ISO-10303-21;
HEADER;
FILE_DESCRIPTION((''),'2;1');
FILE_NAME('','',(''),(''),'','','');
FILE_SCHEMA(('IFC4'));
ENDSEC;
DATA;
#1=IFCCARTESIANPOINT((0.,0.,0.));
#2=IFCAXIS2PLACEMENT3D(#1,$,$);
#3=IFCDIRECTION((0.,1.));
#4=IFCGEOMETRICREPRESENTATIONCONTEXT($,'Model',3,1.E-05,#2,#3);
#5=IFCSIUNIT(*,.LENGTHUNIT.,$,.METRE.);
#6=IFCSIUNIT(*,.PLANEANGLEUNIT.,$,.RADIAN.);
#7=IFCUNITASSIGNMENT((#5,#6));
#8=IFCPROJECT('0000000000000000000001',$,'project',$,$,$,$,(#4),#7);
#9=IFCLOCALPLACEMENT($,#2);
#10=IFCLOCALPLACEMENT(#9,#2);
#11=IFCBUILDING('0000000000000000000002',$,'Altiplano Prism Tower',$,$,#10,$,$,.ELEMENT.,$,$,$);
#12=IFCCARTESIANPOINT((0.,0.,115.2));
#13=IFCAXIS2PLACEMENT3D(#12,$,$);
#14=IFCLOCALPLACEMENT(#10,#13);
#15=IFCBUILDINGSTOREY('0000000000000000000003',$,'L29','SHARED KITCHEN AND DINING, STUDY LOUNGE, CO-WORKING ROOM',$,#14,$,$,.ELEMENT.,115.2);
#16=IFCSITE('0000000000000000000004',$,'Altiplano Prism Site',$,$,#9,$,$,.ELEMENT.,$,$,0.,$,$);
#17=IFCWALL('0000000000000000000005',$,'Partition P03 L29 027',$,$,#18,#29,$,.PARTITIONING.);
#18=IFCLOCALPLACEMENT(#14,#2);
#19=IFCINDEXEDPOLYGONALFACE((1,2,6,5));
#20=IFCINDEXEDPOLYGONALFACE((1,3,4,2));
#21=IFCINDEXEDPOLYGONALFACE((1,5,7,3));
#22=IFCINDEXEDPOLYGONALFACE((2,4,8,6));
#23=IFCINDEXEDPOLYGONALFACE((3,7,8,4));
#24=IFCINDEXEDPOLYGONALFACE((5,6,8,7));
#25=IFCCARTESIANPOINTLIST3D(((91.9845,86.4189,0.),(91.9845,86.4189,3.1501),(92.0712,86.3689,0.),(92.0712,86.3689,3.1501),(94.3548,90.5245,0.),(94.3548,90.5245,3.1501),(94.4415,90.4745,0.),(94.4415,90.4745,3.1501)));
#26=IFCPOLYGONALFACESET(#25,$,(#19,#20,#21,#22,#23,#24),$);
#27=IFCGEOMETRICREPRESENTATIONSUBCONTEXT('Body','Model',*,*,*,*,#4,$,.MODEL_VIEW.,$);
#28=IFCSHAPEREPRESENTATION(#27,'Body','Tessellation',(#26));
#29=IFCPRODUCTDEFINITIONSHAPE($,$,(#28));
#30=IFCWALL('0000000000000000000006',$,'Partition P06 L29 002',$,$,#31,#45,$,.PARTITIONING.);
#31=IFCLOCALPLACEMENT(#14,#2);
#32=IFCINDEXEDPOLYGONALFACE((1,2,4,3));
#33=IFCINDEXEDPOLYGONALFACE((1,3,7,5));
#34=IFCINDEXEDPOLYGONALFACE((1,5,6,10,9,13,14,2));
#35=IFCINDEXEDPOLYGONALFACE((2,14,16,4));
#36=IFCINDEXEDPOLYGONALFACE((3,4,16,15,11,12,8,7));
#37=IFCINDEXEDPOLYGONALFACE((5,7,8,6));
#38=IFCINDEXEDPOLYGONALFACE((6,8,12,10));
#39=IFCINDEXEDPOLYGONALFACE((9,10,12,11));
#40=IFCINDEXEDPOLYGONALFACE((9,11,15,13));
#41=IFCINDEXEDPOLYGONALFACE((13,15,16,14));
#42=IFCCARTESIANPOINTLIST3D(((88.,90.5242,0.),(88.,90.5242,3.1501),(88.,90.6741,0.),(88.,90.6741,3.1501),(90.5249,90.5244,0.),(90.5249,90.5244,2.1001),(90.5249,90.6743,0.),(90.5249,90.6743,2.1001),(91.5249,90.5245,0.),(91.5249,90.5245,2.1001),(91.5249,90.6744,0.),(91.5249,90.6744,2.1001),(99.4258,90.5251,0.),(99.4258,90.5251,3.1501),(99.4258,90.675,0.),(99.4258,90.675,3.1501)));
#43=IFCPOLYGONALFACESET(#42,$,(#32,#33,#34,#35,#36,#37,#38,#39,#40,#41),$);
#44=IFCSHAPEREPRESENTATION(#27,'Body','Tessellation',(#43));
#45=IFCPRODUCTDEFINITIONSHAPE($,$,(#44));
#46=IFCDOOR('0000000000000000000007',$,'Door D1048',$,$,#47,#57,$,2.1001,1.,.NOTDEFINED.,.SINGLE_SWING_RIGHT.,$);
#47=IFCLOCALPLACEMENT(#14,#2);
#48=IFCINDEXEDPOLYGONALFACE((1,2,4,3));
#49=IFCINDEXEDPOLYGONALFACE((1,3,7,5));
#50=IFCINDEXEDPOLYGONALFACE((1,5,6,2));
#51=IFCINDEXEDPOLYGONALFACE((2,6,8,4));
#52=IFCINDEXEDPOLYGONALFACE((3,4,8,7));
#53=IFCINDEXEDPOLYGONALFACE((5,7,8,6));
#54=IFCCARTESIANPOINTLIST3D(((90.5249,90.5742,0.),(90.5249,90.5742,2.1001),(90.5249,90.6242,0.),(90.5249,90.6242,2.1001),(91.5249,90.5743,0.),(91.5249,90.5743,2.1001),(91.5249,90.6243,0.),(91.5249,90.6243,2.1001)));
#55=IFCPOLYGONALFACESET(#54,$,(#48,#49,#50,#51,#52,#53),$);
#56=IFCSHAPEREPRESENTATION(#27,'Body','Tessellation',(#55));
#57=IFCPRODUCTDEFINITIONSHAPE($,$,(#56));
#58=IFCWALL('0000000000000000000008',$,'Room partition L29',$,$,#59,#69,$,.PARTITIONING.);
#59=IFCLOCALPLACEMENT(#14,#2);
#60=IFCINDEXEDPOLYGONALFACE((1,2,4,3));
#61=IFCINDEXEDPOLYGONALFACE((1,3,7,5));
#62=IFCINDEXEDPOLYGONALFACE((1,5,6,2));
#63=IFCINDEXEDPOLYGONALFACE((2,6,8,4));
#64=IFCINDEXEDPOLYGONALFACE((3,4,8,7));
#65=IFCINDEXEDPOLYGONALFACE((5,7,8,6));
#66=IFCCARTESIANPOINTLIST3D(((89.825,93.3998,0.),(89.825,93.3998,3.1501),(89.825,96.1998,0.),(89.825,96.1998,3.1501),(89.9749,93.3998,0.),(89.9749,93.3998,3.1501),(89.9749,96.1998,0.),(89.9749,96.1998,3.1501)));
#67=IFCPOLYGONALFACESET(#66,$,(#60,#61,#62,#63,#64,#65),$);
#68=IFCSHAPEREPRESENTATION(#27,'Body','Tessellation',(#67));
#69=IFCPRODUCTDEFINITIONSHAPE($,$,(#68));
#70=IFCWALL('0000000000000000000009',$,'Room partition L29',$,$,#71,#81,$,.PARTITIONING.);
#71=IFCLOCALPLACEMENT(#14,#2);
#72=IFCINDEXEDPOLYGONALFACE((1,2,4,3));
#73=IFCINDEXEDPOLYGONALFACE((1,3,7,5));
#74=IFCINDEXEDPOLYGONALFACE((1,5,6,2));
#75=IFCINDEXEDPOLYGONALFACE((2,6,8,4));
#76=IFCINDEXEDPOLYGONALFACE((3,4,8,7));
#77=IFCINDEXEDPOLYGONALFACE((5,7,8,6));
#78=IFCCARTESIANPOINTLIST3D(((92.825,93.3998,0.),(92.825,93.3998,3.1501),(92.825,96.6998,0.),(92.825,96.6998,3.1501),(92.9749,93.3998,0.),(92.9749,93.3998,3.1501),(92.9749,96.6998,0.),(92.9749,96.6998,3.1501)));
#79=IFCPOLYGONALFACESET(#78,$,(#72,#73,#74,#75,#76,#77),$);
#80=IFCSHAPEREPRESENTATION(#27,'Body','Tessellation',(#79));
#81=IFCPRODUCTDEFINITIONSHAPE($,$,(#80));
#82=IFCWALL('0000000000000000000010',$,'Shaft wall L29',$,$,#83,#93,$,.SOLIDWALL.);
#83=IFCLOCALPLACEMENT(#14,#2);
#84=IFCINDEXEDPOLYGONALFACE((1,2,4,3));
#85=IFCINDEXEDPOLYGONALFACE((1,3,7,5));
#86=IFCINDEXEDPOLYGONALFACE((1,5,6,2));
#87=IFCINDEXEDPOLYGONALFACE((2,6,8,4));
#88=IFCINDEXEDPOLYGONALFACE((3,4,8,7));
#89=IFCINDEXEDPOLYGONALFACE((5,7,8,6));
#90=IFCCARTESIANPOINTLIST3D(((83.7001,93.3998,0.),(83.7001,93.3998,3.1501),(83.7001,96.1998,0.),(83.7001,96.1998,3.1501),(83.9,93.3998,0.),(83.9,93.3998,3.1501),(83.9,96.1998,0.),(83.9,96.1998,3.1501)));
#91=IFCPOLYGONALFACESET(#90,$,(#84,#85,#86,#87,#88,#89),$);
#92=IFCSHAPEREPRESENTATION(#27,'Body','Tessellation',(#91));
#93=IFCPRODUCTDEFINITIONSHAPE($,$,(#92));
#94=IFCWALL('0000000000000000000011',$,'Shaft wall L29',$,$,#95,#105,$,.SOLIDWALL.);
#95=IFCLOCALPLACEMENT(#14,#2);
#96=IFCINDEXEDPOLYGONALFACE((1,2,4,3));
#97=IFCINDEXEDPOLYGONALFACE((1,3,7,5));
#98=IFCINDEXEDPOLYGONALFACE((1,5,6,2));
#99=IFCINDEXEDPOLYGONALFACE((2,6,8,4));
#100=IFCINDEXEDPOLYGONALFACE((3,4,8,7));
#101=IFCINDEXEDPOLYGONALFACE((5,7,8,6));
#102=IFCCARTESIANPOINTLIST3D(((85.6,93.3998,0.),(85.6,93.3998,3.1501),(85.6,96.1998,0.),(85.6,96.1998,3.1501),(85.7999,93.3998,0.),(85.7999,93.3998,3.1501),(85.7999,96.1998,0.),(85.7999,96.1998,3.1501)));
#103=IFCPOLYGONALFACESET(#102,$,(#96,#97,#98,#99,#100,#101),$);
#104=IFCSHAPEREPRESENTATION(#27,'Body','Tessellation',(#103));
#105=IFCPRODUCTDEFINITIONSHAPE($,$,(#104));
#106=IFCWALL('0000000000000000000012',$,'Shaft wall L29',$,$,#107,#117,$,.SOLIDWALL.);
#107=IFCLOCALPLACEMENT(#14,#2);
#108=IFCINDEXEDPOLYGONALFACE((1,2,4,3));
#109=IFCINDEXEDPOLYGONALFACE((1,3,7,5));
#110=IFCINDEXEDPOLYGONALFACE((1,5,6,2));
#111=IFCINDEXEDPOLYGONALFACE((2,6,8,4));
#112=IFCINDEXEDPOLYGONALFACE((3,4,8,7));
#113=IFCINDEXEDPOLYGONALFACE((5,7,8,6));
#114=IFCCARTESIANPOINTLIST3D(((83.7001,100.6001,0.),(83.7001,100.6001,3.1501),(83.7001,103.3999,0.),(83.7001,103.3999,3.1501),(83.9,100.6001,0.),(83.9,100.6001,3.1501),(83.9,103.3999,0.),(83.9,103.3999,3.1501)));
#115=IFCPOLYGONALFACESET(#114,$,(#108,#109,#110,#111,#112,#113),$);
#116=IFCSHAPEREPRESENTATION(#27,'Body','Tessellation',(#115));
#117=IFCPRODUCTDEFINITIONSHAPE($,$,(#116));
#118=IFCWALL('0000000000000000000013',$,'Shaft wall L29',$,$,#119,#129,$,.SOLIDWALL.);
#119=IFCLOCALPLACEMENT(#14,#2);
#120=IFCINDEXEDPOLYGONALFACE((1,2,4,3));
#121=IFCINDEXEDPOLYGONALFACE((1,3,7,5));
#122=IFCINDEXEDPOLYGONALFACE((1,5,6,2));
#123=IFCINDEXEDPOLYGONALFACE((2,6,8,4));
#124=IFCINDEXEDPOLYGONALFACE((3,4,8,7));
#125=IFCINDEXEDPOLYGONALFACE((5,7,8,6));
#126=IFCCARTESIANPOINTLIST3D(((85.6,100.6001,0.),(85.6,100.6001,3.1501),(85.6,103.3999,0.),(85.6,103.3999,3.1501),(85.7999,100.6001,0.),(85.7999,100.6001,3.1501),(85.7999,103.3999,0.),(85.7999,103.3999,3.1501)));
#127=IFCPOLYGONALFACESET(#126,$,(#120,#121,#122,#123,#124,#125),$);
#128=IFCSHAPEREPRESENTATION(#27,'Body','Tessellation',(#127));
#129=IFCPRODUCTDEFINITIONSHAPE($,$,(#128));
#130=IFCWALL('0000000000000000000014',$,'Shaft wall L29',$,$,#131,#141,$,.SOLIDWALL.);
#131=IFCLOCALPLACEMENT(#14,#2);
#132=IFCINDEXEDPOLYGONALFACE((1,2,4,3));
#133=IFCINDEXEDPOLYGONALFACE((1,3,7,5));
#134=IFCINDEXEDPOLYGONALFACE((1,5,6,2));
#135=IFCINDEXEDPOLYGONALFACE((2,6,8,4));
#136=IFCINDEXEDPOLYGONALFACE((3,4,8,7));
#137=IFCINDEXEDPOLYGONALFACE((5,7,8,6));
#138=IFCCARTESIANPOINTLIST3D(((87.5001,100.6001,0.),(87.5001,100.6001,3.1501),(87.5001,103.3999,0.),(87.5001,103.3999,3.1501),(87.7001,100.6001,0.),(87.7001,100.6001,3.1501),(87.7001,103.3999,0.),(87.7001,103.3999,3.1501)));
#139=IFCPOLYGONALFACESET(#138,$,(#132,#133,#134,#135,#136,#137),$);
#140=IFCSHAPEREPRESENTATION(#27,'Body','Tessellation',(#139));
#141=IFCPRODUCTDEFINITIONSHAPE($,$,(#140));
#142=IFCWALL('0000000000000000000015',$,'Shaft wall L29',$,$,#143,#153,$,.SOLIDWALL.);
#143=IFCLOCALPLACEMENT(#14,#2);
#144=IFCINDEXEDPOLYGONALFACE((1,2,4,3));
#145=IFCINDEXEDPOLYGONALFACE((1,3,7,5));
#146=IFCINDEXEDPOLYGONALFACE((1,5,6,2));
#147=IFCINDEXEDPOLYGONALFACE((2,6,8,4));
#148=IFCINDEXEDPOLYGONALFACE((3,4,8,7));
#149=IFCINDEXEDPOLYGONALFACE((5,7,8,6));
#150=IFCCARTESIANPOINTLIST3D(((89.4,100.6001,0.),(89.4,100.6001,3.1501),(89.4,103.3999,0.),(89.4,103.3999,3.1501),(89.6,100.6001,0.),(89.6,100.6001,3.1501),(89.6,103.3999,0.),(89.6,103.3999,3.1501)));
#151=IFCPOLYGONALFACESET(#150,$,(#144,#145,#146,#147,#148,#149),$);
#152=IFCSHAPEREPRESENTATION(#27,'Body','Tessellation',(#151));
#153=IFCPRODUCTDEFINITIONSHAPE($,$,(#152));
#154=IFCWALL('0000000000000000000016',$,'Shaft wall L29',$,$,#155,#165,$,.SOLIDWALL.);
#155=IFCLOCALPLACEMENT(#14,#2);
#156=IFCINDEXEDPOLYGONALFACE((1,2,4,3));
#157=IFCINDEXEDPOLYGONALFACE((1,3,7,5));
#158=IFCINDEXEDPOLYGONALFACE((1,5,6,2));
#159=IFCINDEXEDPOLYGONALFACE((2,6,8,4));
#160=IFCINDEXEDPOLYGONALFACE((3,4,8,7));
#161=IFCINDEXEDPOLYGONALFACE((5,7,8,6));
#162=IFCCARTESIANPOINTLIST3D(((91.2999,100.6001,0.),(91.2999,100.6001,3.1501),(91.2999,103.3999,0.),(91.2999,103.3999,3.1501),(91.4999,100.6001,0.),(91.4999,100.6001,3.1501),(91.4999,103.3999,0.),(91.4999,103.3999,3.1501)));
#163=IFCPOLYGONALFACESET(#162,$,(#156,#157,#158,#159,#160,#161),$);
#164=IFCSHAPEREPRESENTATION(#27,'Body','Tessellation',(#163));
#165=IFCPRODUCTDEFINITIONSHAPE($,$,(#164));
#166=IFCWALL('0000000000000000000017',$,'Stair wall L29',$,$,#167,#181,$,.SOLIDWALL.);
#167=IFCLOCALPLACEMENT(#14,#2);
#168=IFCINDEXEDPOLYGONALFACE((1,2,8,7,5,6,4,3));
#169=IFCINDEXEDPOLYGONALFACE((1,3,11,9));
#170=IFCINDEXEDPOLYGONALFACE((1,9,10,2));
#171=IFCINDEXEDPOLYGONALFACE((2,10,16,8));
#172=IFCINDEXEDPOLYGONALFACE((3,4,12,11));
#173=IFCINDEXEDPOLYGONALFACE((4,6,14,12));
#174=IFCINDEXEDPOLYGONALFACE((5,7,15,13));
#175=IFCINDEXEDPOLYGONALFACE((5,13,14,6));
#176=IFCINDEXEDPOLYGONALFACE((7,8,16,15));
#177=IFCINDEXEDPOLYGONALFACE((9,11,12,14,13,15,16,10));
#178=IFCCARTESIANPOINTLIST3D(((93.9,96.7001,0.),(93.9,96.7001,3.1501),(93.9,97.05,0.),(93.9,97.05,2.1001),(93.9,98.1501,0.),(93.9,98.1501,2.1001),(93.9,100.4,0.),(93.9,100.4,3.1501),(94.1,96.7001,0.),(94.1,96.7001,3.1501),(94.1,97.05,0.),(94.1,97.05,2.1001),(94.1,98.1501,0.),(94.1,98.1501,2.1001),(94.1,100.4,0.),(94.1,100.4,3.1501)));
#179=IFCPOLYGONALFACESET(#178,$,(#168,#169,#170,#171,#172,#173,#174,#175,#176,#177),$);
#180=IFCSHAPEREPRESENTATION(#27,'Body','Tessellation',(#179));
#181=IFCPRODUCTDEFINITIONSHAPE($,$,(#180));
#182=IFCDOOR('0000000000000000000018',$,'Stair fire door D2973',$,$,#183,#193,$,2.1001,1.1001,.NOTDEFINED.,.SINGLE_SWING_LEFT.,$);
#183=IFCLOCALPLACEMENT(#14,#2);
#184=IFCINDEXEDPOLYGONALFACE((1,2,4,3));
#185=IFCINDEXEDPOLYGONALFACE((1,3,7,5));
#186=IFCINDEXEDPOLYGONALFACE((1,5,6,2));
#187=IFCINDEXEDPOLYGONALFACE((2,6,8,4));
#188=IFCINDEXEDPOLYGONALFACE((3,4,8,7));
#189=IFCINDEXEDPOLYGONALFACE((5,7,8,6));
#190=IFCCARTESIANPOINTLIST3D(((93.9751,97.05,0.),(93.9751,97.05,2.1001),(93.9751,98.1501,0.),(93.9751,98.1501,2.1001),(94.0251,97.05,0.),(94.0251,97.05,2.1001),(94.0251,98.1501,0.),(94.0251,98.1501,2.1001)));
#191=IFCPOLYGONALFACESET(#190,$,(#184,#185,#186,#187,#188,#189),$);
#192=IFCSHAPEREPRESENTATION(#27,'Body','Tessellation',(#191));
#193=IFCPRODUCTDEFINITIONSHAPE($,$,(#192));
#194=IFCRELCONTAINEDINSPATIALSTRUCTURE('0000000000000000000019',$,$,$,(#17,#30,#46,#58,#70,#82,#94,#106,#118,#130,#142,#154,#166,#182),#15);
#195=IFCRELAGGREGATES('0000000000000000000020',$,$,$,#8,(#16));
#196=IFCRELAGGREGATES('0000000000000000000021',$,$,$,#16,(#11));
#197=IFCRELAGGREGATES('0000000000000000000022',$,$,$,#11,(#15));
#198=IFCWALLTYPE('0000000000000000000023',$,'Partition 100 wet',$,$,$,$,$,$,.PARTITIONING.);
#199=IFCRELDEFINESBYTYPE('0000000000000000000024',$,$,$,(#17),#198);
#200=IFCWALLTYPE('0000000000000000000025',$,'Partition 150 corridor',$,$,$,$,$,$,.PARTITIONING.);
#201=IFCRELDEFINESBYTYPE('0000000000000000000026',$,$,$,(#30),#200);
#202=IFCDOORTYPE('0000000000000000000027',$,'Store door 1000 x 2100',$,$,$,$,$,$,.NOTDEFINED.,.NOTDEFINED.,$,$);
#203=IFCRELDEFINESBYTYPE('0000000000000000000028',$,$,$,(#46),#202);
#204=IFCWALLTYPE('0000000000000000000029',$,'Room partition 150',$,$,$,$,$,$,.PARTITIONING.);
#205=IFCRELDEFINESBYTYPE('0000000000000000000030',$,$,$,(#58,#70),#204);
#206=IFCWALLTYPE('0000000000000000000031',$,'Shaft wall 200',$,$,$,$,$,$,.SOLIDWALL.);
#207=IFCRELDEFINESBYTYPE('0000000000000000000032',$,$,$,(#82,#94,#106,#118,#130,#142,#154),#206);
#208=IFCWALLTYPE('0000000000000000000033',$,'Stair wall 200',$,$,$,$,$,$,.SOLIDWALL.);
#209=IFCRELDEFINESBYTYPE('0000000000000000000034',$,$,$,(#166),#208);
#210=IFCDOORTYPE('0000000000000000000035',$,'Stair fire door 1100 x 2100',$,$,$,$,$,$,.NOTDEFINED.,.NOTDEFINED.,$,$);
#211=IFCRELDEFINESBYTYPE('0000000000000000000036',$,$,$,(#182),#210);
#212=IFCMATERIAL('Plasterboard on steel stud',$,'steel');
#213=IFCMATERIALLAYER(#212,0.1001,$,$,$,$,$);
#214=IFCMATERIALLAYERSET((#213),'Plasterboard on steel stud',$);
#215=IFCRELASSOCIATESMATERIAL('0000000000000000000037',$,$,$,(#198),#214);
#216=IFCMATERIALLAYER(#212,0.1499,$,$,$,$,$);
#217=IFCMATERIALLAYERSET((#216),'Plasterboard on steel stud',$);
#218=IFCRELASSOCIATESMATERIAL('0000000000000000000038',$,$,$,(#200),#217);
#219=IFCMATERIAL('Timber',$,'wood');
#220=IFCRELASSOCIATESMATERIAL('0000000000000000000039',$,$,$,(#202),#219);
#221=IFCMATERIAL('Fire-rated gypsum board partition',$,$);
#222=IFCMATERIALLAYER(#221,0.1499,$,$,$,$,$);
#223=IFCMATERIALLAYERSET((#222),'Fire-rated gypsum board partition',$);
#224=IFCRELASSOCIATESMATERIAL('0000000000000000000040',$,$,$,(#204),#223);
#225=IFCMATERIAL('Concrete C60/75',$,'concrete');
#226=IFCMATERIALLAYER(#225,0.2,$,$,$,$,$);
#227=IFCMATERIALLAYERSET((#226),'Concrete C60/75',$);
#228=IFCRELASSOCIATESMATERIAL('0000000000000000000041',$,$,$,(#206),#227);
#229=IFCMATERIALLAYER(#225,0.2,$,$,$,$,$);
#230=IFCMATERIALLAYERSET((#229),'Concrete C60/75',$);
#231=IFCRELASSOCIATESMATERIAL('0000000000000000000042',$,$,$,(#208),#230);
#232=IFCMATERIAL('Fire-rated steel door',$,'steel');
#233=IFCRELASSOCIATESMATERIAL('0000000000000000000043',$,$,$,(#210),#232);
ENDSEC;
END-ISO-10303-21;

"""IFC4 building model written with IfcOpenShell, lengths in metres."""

from ifc_helpers import new_model, si_unit, direction, frame, frame_2d, origin, place, context, subcontext, project, spatial, rectangle, extrude, material, layer, layer_set, type_object, element, fill, save


model = new_model("IFC4")

# Units and contexts
model_context = context("Model", 3, precision=1e-05, world=origin(), true_north=direction((0.0, 1.0)))
body_context = subcontext(model_context, "Body", "Model", "MODEL_VIEW")
ifc_project = project(units=[si_unit("LENGTHUNIT", "METRE"), si_unit("PLANEANGLEUNIT", "RADIAN")], contexts=[model_context])

# Site, building, storey
site_placement = place(None, origin())
site = spatial("IfcSite", under=ifc_project, at=site_placement, Name="Altiplano Prism Site", CompositionType="ELEMENT", RefElevation=0.0)
building_placement = place(site_placement, origin())
building = spatial("IfcBuilding", under=site, at=building_placement, Name="Altiplano Prism Tower", CompositionType="ELEMENT")
storey_placement = place(building_placement, frame((0.0, 0.0, 115.2)))
storey = spatial("IfcBuildingStorey", under=building, at=storey_placement, Name="L29", Description="SHARED KITCHEN AND DINING, STUDY LOUNGE, CO-WORKING ROOM", CompositionType="ELEMENT", Elevation=115.2)

# Wall
ifc_material_1 = material(Name="Plasterboard on steel stud", Category="steel")
ifc_layer_1 = layer(ifc_material_1, 0.1001)
ifc_layer_set_1 = layer_set([ifc_layer_1], Name="Plasterboard on steel stud")
wall_type_1 = type_object("IfcWallType", Name="Partition 100 wet", PredefinedType="PARTITIONING", material=ifc_layer_set_1)
wall_1_placement = place(storey_placement, frame((94.3982, 90.4995, 0.0), z_axis=(0.0, 0.0, 1.0), x_axis=(-0.499988, -0.866032, 0.0)))
element("IfcWall", 1, at=wall_1_placement, inside=storey, type_object=wall_type_1, Name="Partition P03 L29 027", PredefinedType="PARTITIONING", context=body_context, shape_type="SweptSolid", body=[
    extrude(rectangle(XDim=4.7407, YDim=0.1001, at=frame_2d((2.3704, 0.0))), origin(), (0.0, 0.0, 1.0), 3.1501),
])

# Wall, opening, door
ifc_layer_2 = layer(ifc_material_1, 0.1499)
ifc_layer_set_2 = layer_set([ifc_layer_2], Name="Plasterboard on steel stud")
wall_type_2 = type_object("IfcWallType", Name="Partition 150 corridor", PredefinedType="PARTITIONING", material=ifc_layer_set_2)
wall_2_placement = place(storey_placement, frame((88.0, 90.5991, 0.0), z_axis=(0.0, 0.0, 1.0), x_axis=(1.0, 0.000085, 0.0)))
wall_2 = element("IfcWall", 2, at=wall_2_placement, inside=storey, type_object=wall_type_2, Name="Partition P06 L29 002", PredefinedType="PARTITIONING", context=body_context, shape_type="SweptSolid", body=[
    extrude(rectangle(XDim=11.4258, YDim=0.1499, at=frame_2d((5.7129, 0.0))), origin(), (0.0, 0.0, 1.0), 3.1501),
])
opening_1_placement = place(wall_2_placement, frame((2.5249, 0.0, 0.0)))
opening_1 = element("IfcOpeningElement", 3, at=opening_1_placement, cuts=wall_2, PredefinedType="OPENING", context=body_context, shape_type="SweptSolid", body=[
    extrude(rectangle(XDim=1.0, YDim=2.1001, at=frame_2d((0.5, 1.05))), frame((0.0, 0.0854, 0.0), z_axis=(0.0, -1.0, 0.0), x_axis=(1.0, 0.0, 0.0)), (0.0, 0.0, 1.0), 0.1709),
])
ifc_material_2 = material(Name="Timber", Category="wood")
door_type_1 = type_object("IfcDoorType", Name="Store door 1000 x 2100", OperationType="NOTDEFINED", PredefinedType="NOTDEFINED", material=ifc_material_2)
door_1_placement = place(opening_1_placement, origin())
door_1 = element("IfcDoor", 4, at=door_1_placement, inside=storey, type_object=door_type_1, Name="Door D1048", OperationType="SINGLE_SWING_RIGHT", OverallHeight=2.1001, OverallWidth=1.0, PredefinedType="NOTDEFINED", context=body_context, shape_type="SweptSolid", body=[
    extrude(rectangle(XDim=1.0, YDim=2.1001, at=frame_2d((0.5, 1.05))), frame((0.0, 0.0249, 0.0), z_axis=(0.0, -1.0, 0.0), x_axis=(1.0, 0.0, 0.0)), (0.0, 0.0, 1.0), 0.05),
])
fill(opening_1, door_1)

# Walls
ifc_material_3 = material(Name="Fire-rated gypsum board partition")
ifc_layer_3 = layer(ifc_material_3, 0.1499)
ifc_layer_set_3 = layer_set([ifc_layer_3], Name="Fire-rated gypsum board partition")
wall_type_3 = type_object("IfcWallType", Name="Room partition 150", PredefinedType="PARTITIONING", material=ifc_layer_set_3)
wall_3_placement = place(storey_placement, frame((89.8999, 93.3999, 0.0), z_axis=(0.0, 0.0, 1.0), x_axis=(0.0, 1.0, 0.0)))
element("IfcWall", 5, at=wall_3_placement, inside=storey, type_object=wall_type_3, Name="Room partition L29", PredefinedType="PARTITIONING", context=body_context, shape_type="SweptSolid", body=[
    extrude(rectangle(XDim=2.8, YDim=0.1499, at=frame_2d((1.3999, 0.0))), origin(), (0.0, 0.0, 1.0), 3.1501),
])
wall_4_placement = place(storey_placement, frame((92.8999, 93.3999, 0.0), z_axis=(0.0, 0.0, 1.0), x_axis=(0.0, 1.0, 0.0)))
element("IfcWall", 6, at=wall_4_placement, inside=storey, type_object=wall_type_3, Name="Room partition L29", PredefinedType="PARTITIONING", context=body_context, shape_type="SweptSolid", body=[
    extrude(rectangle(XDim=3.3, YDim=0.1499, at=frame_2d((1.6499, 0.0))), origin(), (0.0, 0.0, 1.0), 3.1501),
])
ifc_material_4 = material(Name="Concrete C60/75", Category="concrete")
ifc_layer_4 = layer(ifc_material_4, 0.2)
ifc_layer_set_4 = layer_set([ifc_layer_4], Name="Concrete C60/75")
wall_type_4 = type_object("IfcWallType", Name="Shaft wall 200", PredefinedType="SOLIDWALL", material=ifc_layer_set_4)
for number, where, z_axis, x_axis, name in (
    (7, (83.8, 93.3999, 0.0), (0.0, 0.0, 1.0), (0.0, 1.0, 0.0), "Shaft wall L29"),
    (8, (85.7, 93.3999, 0.0), (0.0, 0.0, 1.0), (0.0, 1.0, 0.0), "Shaft wall L29"),
):
    element("IfcWall", number, at=place(storey_placement, frame(where, z_axis=z_axis, x_axis=x_axis)), inside=storey, type_object=wall_type_4, Name=name, PredefinedType="SOLIDWALL", context=body_context, shape_type="SweptSolid", body=[
        extrude(rectangle(XDim=2.8, YDim=0.2, at=frame_2d((1.3999, 0.0))), origin(), (0.0, 0.0, 1.0), 3.1501),
    ])
for number, where, z_axis, x_axis, name in (
    (9, (83.8, 100.6001, 0.0), (0.0, 0.0, 1.0), (0.0, 1.0, 0.0), "Shaft wall L29"),
    (10, (85.7, 100.6001, 0.0), (0.0, 0.0, 1.0), (0.0, 1.0, 0.0), "Shaft wall L29"),
    (11, (87.6001, 100.6001, 0.0), (0.0, 0.0, 1.0), (0.0, 1.0, 0.0), "Shaft wall L29"),
    (12, (89.5, 100.6001, 0.0), (0.0, 0.0, 1.0), (0.0, 1.0, 0.0), "Shaft wall L29"),
    (13, (91.3999, 100.6001, 0.0), (0.0, 0.0, 1.0), (0.0, 1.0, 0.0), "Shaft wall L29"),
):
    element("IfcWall", number, at=place(storey_placement, frame(where, z_axis=z_axis, x_axis=x_axis)), inside=storey, type_object=wall_type_4, Name=name, PredefinedType="SOLIDWALL", context=body_context, shape_type="SweptSolid", body=[
        extrude(rectangle(XDim=2.7998, YDim=0.2, at=frame_2d((1.3999, 0.0))), origin(), (0.0, 0.0, 1.0), 3.1501),
    ])

# Wall, opening, door
ifc_layer_5 = layer(ifc_material_4, 0.2)
ifc_layer_set_5 = layer_set([ifc_layer_5], Name="Concrete C60/75")
wall_type_5 = type_object("IfcWallType", Name="Stair wall 200", PredefinedType="SOLIDWALL", material=ifc_layer_set_5)
wall_5_placement = place(storey_placement, frame((94.0, 96.7, 0.0), z_axis=(0.0, 0.0, 1.0), x_axis=(0.0, 1.0, 0.0)))
wall_5 = element("IfcWall", 14, at=wall_5_placement, inside=storey, type_object=wall_type_5, Name="Stair wall L29", PredefinedType="SOLIDWALL", context=body_context, shape_type="SweptSolid", body=[
    extrude(rectangle(XDim=3.7, YDim=0.2, at=frame_2d((1.8501, 0.0))), origin(), (0.0, 0.0, 1.0), 3.1501),
])
opening_2_placement = place(wall_5_placement, frame((0.3501, 0.0, 0.0)))
opening_2 = element("IfcOpeningElement", 15, at=opening_2_placement, cuts=wall_5, PredefinedType="OPENING", context=body_context, shape_type="SweptSolid", body=[
    extrude(rectangle(XDim=1.1001, YDim=2.1001, at=frame_2d((0.55, 1.05))), frame((0.0, 0.1104, 0.0), z_axis=(0.0, -1.0, 0.0), x_axis=(1.0, 0.0, 0.0)), (0.0, 0.0, 1.0), 0.2209),
])
ifc_material_5 = material(Name="Fire-rated steel door", Category="steel")
door_type_2 = type_object("IfcDoorType", Name="Stair fire door 1100 x 2100", OperationType="NOTDEFINED", PredefinedType="NOTDEFINED", material=ifc_material_5)
door_2_placement = place(opening_2_placement, origin())
door_2 = element("IfcDoor", 16, at=door_2_placement, inside=storey, type_object=door_type_2, Name="Stair fire door D2973", OperationType="SINGLE_SWING_LEFT", OverallHeight=2.1001, OverallWidth=1.1001, PredefinedType="NOTDEFINED", context=body_context, shape_type="SweptSolid", body=[
    extrude(rectangle(XDim=1.1001, YDim=2.1001, at=frame_2d((0.55, 1.05))), frame((0.0, 0.0249, 0.0), z_axis=(0.0, -1.0, 0.0), x_axis=(1.0, 0.0, 0.0)), (0.0, 0.0, 1.0), 0.05),
])
fill(opening_2, door_2)

save(model, "model.ifc")
